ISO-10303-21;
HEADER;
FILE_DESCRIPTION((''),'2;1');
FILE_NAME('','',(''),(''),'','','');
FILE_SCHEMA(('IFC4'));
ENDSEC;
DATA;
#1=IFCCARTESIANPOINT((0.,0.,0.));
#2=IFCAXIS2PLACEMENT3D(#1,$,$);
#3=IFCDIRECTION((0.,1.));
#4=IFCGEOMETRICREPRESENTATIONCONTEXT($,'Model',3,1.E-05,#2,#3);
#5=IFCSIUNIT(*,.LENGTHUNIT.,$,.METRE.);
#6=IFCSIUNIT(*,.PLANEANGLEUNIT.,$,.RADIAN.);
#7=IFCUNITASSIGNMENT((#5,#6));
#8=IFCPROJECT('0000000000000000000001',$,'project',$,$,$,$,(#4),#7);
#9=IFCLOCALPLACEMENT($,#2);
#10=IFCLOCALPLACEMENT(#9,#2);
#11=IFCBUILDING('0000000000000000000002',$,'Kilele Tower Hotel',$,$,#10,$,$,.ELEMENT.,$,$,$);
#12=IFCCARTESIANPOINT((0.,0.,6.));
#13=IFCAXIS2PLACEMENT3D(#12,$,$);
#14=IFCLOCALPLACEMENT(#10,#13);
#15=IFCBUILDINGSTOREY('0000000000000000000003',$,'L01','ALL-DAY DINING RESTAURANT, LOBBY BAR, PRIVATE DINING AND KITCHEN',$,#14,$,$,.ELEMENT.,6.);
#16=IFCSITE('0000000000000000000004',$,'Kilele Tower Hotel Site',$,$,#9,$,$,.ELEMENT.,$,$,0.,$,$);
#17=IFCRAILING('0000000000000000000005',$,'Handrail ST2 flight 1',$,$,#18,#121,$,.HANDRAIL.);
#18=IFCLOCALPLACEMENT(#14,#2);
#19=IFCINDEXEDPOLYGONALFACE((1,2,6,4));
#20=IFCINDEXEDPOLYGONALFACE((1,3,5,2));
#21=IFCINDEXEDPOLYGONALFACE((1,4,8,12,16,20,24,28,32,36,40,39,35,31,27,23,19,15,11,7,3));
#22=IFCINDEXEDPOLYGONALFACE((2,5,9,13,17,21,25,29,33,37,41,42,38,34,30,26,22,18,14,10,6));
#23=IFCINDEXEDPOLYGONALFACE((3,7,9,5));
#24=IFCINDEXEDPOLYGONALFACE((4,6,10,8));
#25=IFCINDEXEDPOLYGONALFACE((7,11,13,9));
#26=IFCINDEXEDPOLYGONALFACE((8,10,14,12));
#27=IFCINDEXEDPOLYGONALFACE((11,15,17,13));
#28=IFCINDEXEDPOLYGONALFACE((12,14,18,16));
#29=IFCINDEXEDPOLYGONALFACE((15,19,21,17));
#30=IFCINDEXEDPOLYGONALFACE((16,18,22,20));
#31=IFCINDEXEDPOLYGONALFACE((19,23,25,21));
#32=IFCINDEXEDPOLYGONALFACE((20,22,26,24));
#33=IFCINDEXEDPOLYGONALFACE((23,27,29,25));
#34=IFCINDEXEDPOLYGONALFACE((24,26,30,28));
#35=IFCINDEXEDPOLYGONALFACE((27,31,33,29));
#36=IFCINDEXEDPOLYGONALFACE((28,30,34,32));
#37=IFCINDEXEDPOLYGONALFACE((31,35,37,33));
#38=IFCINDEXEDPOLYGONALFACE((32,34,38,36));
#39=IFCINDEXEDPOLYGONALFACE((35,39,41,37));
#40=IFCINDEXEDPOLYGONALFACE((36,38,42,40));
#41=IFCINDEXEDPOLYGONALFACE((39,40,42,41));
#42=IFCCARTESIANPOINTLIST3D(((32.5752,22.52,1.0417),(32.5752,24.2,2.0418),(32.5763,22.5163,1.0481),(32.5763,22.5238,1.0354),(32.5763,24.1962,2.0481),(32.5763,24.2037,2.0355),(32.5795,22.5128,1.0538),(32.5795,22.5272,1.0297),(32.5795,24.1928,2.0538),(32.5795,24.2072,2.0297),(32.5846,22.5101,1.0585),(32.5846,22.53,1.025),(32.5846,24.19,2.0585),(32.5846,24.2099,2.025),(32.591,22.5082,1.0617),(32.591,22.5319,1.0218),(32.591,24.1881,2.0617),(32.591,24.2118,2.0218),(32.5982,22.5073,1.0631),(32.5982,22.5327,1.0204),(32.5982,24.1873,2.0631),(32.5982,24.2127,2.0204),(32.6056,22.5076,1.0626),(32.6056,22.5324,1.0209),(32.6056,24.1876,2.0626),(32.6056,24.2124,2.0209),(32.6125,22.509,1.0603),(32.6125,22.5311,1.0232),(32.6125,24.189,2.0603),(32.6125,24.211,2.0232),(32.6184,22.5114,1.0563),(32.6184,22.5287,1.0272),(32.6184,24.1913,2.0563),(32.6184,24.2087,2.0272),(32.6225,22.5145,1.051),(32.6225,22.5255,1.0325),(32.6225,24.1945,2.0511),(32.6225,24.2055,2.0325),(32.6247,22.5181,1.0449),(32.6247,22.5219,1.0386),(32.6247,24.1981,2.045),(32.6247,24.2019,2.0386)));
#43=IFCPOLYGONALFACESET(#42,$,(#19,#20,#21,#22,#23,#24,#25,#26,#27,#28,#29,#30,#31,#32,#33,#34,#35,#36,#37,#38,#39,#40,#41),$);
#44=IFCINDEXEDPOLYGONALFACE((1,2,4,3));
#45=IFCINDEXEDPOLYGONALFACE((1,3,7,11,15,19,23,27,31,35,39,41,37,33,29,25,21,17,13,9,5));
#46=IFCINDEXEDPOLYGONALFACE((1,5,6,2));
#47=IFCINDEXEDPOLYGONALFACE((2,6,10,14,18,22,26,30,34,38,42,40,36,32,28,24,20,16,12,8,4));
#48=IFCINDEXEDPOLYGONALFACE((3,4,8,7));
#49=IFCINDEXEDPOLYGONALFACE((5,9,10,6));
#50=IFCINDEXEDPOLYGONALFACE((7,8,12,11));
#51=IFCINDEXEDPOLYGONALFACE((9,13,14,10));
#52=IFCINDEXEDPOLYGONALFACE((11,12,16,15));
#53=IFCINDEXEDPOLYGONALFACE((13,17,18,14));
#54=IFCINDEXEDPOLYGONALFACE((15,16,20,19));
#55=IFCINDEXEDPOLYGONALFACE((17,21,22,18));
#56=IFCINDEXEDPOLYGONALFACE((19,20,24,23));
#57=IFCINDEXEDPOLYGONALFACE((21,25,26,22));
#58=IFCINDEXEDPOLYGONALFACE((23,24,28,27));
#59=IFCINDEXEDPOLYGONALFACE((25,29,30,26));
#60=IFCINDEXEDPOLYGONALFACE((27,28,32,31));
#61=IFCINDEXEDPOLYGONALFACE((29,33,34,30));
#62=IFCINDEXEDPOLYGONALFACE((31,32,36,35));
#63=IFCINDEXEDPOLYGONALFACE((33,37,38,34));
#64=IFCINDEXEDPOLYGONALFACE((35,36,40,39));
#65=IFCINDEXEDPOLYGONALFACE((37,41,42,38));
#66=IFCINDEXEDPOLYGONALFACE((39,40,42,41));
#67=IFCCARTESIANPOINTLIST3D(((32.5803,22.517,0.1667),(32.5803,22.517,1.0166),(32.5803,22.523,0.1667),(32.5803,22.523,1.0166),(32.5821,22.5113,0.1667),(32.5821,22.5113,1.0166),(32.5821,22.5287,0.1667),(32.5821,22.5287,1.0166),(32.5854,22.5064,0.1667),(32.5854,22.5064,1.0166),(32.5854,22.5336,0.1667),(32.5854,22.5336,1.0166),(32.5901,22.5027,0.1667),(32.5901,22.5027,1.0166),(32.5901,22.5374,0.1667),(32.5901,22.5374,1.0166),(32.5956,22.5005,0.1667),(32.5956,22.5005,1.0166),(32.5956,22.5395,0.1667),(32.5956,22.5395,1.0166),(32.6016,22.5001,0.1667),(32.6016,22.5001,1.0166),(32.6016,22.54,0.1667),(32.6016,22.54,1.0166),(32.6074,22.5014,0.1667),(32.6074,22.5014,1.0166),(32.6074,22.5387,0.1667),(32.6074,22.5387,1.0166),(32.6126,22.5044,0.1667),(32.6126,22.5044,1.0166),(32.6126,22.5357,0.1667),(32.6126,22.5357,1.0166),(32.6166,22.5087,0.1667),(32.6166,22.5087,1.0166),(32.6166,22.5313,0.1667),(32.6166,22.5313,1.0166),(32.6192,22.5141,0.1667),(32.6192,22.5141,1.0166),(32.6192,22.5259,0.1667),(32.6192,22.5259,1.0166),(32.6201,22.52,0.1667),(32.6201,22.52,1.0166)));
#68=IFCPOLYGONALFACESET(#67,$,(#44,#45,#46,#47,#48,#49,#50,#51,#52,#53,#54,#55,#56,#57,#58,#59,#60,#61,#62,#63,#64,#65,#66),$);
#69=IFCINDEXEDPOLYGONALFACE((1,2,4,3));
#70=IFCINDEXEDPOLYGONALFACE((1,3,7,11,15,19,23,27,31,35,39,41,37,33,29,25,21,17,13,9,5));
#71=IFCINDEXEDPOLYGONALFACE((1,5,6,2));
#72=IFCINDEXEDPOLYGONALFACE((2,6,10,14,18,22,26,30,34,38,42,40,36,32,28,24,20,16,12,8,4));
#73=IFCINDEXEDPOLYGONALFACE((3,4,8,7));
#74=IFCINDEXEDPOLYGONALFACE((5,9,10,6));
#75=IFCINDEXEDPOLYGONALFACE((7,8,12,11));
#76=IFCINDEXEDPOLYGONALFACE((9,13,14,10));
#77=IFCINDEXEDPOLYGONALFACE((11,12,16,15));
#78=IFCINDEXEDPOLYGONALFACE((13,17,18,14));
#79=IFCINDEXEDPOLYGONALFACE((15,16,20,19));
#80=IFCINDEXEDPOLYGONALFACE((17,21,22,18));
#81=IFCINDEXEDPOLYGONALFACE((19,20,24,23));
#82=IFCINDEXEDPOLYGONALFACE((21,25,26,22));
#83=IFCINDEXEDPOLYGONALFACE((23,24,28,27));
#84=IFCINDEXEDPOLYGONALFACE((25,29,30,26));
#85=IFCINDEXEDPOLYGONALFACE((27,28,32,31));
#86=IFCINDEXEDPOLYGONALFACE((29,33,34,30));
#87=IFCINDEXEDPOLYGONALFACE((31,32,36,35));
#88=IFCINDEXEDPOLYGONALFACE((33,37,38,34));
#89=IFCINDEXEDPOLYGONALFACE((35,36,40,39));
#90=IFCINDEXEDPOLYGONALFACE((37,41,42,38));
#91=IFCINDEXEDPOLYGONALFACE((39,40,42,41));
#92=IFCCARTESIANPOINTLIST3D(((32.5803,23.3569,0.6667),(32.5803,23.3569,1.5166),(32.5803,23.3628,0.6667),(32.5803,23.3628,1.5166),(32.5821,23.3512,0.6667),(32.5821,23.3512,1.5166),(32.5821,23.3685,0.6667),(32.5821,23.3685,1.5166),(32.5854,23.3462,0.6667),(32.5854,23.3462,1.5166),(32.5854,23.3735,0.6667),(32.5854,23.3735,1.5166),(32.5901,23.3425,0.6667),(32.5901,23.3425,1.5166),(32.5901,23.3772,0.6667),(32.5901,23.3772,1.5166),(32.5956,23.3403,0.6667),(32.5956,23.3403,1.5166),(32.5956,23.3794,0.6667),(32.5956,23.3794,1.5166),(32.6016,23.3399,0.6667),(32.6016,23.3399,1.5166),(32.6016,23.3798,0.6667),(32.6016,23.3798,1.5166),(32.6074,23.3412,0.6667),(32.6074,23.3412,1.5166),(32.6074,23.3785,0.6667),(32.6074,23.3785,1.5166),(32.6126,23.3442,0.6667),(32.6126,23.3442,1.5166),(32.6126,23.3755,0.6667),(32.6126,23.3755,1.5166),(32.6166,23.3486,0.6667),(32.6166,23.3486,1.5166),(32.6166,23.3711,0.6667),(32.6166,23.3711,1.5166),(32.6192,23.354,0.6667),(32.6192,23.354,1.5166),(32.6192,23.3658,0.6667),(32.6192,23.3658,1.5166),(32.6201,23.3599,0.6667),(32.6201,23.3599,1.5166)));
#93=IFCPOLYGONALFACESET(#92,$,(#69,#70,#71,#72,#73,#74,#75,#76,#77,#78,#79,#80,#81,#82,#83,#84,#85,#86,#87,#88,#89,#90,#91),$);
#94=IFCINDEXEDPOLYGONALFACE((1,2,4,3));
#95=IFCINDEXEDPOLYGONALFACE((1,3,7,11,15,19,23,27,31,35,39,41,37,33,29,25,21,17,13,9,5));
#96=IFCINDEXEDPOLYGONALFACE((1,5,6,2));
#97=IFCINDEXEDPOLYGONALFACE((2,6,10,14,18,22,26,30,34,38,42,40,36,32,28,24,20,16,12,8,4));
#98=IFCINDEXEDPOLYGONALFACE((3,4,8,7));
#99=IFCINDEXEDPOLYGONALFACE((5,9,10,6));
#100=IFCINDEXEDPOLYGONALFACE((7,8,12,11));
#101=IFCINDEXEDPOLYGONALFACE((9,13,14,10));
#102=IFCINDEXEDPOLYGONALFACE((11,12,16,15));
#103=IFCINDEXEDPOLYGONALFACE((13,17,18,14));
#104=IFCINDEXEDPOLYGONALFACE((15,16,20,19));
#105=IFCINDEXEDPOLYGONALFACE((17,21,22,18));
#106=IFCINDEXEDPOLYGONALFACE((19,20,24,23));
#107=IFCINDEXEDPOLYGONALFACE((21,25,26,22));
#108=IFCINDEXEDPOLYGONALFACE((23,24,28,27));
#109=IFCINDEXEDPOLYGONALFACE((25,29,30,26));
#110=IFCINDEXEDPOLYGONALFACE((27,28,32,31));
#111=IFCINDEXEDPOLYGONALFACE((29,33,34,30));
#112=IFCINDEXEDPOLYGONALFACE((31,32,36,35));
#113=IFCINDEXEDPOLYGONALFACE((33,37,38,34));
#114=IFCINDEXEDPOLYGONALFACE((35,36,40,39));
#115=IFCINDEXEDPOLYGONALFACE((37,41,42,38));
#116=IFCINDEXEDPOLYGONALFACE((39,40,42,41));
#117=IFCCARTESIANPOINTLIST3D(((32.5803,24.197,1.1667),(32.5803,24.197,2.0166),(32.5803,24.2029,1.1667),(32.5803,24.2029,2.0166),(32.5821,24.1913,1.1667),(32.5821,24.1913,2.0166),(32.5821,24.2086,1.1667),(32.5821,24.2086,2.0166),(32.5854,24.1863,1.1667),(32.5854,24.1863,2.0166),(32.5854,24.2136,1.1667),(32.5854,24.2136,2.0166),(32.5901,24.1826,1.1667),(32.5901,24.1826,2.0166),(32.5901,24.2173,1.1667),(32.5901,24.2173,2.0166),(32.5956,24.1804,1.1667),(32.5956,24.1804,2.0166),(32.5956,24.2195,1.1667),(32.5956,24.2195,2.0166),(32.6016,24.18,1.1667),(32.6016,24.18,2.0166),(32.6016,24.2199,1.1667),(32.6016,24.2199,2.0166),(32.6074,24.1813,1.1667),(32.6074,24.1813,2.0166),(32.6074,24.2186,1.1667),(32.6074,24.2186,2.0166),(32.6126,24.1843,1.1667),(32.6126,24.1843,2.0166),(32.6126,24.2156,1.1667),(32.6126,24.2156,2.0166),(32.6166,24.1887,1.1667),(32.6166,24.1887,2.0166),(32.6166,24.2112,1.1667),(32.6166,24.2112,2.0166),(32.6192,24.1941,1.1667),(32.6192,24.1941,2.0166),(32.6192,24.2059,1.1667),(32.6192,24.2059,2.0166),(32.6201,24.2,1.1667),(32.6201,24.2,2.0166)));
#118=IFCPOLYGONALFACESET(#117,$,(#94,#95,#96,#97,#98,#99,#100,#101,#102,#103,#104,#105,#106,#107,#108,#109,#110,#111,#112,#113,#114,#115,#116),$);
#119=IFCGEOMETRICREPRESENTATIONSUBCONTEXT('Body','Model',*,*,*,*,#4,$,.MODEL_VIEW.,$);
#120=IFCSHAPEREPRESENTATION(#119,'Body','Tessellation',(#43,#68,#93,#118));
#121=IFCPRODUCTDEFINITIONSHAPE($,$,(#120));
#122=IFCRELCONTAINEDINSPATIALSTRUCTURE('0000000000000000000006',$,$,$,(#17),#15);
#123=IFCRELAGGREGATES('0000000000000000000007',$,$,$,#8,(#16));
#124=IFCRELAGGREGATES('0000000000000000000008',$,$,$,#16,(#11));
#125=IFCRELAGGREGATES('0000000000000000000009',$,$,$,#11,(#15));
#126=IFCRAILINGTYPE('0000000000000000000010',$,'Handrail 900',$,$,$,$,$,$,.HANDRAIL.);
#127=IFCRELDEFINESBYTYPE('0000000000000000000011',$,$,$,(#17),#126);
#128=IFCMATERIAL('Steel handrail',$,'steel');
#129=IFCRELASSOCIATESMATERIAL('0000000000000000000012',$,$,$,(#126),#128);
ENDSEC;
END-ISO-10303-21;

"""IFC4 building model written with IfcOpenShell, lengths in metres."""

from ifc_helpers import new_model, si_unit, direction, frame, origin, origin_2d, place, context, subcontext, project, spatial, circle, extrude, material, type_object, element, save


model = new_model("IFC4")

# Units and contexts
model_context = context("Model", 3, precision=1e-05, world=origin(), true_north=direction((0.0, 1.0)))
body_context = subcontext(model_context, "Body", "Model", "MODEL_VIEW")
ifc_project = project(units=[si_unit("LENGTHUNIT", "METRE"), si_unit("PLANEANGLEUNIT", "RADIAN")], contexts=[model_context])

# Site, building, storey
site_placement = place(None, origin())
site = spatial("IfcSite", under=ifc_project, at=site_placement, Name="Kilele Tower Hotel Site", CompositionType="ELEMENT", RefElevation=0.0)
building_placement = place(site_placement, origin())
building = spatial("IfcBuilding", under=site, at=building_placement, Name="Kilele Tower Hotel", CompositionType="ELEMENT")
storey_placement = place(building_placement, frame((0.0, 0.0, 6.0)))
storey = spatial("IfcBuildingStorey", under=building, at=storey_placement, Name="L01", Description="ALL-DAY DINING RESTAURANT, LOBBY BAR, PRIVATE DINING AND KITCHEN", CompositionType="ELEMENT", Elevation=6.0)

# Railing
ifc_material_1 = material(Name="Steel handrail", Category="steel")
railing_type = type_object("IfcRailingType", Name="Handrail 900", PredefinedType="HANDRAIL", material=ifc_material_1)
railing_placement = place(storey_placement, frame((32.6001, 22.52, 0.1667)))
element("IfcRailing", 1, at=railing_placement, inside=storey, type_object=railing_type, Name="Handrail ST2 flight 1", PredefinedType="HANDRAIL", context=body_context, shape_type="SweptSolid", body=[
    extrude(circle(Radius=0.0249, at=origin_2d()), frame((0.0, 0.0, 0.875), z_axis=(0.0, 0.859284, 0.511499), x_axis=(-1.0, 0.0, 0.0)), (0.0, 0.0, 1.0), 1.9551),
    extrude(circle(Radius=0.02, at=origin_2d()), origin(), (0.0, 0.0, 1.0), 0.8499),
    extrude(circle(Radius=0.02, at=origin_2d()), frame((0.0, 0.8398, 0.5)), (0.0, 0.0, 1.0), 0.8499),
    extrude(circle(Radius=0.02, at=origin_2d()), frame((0.0, 1.6799, 1.0)), (0.0, 0.0, 1.0), 0.8499),
])

save(model, "model.ifc")
